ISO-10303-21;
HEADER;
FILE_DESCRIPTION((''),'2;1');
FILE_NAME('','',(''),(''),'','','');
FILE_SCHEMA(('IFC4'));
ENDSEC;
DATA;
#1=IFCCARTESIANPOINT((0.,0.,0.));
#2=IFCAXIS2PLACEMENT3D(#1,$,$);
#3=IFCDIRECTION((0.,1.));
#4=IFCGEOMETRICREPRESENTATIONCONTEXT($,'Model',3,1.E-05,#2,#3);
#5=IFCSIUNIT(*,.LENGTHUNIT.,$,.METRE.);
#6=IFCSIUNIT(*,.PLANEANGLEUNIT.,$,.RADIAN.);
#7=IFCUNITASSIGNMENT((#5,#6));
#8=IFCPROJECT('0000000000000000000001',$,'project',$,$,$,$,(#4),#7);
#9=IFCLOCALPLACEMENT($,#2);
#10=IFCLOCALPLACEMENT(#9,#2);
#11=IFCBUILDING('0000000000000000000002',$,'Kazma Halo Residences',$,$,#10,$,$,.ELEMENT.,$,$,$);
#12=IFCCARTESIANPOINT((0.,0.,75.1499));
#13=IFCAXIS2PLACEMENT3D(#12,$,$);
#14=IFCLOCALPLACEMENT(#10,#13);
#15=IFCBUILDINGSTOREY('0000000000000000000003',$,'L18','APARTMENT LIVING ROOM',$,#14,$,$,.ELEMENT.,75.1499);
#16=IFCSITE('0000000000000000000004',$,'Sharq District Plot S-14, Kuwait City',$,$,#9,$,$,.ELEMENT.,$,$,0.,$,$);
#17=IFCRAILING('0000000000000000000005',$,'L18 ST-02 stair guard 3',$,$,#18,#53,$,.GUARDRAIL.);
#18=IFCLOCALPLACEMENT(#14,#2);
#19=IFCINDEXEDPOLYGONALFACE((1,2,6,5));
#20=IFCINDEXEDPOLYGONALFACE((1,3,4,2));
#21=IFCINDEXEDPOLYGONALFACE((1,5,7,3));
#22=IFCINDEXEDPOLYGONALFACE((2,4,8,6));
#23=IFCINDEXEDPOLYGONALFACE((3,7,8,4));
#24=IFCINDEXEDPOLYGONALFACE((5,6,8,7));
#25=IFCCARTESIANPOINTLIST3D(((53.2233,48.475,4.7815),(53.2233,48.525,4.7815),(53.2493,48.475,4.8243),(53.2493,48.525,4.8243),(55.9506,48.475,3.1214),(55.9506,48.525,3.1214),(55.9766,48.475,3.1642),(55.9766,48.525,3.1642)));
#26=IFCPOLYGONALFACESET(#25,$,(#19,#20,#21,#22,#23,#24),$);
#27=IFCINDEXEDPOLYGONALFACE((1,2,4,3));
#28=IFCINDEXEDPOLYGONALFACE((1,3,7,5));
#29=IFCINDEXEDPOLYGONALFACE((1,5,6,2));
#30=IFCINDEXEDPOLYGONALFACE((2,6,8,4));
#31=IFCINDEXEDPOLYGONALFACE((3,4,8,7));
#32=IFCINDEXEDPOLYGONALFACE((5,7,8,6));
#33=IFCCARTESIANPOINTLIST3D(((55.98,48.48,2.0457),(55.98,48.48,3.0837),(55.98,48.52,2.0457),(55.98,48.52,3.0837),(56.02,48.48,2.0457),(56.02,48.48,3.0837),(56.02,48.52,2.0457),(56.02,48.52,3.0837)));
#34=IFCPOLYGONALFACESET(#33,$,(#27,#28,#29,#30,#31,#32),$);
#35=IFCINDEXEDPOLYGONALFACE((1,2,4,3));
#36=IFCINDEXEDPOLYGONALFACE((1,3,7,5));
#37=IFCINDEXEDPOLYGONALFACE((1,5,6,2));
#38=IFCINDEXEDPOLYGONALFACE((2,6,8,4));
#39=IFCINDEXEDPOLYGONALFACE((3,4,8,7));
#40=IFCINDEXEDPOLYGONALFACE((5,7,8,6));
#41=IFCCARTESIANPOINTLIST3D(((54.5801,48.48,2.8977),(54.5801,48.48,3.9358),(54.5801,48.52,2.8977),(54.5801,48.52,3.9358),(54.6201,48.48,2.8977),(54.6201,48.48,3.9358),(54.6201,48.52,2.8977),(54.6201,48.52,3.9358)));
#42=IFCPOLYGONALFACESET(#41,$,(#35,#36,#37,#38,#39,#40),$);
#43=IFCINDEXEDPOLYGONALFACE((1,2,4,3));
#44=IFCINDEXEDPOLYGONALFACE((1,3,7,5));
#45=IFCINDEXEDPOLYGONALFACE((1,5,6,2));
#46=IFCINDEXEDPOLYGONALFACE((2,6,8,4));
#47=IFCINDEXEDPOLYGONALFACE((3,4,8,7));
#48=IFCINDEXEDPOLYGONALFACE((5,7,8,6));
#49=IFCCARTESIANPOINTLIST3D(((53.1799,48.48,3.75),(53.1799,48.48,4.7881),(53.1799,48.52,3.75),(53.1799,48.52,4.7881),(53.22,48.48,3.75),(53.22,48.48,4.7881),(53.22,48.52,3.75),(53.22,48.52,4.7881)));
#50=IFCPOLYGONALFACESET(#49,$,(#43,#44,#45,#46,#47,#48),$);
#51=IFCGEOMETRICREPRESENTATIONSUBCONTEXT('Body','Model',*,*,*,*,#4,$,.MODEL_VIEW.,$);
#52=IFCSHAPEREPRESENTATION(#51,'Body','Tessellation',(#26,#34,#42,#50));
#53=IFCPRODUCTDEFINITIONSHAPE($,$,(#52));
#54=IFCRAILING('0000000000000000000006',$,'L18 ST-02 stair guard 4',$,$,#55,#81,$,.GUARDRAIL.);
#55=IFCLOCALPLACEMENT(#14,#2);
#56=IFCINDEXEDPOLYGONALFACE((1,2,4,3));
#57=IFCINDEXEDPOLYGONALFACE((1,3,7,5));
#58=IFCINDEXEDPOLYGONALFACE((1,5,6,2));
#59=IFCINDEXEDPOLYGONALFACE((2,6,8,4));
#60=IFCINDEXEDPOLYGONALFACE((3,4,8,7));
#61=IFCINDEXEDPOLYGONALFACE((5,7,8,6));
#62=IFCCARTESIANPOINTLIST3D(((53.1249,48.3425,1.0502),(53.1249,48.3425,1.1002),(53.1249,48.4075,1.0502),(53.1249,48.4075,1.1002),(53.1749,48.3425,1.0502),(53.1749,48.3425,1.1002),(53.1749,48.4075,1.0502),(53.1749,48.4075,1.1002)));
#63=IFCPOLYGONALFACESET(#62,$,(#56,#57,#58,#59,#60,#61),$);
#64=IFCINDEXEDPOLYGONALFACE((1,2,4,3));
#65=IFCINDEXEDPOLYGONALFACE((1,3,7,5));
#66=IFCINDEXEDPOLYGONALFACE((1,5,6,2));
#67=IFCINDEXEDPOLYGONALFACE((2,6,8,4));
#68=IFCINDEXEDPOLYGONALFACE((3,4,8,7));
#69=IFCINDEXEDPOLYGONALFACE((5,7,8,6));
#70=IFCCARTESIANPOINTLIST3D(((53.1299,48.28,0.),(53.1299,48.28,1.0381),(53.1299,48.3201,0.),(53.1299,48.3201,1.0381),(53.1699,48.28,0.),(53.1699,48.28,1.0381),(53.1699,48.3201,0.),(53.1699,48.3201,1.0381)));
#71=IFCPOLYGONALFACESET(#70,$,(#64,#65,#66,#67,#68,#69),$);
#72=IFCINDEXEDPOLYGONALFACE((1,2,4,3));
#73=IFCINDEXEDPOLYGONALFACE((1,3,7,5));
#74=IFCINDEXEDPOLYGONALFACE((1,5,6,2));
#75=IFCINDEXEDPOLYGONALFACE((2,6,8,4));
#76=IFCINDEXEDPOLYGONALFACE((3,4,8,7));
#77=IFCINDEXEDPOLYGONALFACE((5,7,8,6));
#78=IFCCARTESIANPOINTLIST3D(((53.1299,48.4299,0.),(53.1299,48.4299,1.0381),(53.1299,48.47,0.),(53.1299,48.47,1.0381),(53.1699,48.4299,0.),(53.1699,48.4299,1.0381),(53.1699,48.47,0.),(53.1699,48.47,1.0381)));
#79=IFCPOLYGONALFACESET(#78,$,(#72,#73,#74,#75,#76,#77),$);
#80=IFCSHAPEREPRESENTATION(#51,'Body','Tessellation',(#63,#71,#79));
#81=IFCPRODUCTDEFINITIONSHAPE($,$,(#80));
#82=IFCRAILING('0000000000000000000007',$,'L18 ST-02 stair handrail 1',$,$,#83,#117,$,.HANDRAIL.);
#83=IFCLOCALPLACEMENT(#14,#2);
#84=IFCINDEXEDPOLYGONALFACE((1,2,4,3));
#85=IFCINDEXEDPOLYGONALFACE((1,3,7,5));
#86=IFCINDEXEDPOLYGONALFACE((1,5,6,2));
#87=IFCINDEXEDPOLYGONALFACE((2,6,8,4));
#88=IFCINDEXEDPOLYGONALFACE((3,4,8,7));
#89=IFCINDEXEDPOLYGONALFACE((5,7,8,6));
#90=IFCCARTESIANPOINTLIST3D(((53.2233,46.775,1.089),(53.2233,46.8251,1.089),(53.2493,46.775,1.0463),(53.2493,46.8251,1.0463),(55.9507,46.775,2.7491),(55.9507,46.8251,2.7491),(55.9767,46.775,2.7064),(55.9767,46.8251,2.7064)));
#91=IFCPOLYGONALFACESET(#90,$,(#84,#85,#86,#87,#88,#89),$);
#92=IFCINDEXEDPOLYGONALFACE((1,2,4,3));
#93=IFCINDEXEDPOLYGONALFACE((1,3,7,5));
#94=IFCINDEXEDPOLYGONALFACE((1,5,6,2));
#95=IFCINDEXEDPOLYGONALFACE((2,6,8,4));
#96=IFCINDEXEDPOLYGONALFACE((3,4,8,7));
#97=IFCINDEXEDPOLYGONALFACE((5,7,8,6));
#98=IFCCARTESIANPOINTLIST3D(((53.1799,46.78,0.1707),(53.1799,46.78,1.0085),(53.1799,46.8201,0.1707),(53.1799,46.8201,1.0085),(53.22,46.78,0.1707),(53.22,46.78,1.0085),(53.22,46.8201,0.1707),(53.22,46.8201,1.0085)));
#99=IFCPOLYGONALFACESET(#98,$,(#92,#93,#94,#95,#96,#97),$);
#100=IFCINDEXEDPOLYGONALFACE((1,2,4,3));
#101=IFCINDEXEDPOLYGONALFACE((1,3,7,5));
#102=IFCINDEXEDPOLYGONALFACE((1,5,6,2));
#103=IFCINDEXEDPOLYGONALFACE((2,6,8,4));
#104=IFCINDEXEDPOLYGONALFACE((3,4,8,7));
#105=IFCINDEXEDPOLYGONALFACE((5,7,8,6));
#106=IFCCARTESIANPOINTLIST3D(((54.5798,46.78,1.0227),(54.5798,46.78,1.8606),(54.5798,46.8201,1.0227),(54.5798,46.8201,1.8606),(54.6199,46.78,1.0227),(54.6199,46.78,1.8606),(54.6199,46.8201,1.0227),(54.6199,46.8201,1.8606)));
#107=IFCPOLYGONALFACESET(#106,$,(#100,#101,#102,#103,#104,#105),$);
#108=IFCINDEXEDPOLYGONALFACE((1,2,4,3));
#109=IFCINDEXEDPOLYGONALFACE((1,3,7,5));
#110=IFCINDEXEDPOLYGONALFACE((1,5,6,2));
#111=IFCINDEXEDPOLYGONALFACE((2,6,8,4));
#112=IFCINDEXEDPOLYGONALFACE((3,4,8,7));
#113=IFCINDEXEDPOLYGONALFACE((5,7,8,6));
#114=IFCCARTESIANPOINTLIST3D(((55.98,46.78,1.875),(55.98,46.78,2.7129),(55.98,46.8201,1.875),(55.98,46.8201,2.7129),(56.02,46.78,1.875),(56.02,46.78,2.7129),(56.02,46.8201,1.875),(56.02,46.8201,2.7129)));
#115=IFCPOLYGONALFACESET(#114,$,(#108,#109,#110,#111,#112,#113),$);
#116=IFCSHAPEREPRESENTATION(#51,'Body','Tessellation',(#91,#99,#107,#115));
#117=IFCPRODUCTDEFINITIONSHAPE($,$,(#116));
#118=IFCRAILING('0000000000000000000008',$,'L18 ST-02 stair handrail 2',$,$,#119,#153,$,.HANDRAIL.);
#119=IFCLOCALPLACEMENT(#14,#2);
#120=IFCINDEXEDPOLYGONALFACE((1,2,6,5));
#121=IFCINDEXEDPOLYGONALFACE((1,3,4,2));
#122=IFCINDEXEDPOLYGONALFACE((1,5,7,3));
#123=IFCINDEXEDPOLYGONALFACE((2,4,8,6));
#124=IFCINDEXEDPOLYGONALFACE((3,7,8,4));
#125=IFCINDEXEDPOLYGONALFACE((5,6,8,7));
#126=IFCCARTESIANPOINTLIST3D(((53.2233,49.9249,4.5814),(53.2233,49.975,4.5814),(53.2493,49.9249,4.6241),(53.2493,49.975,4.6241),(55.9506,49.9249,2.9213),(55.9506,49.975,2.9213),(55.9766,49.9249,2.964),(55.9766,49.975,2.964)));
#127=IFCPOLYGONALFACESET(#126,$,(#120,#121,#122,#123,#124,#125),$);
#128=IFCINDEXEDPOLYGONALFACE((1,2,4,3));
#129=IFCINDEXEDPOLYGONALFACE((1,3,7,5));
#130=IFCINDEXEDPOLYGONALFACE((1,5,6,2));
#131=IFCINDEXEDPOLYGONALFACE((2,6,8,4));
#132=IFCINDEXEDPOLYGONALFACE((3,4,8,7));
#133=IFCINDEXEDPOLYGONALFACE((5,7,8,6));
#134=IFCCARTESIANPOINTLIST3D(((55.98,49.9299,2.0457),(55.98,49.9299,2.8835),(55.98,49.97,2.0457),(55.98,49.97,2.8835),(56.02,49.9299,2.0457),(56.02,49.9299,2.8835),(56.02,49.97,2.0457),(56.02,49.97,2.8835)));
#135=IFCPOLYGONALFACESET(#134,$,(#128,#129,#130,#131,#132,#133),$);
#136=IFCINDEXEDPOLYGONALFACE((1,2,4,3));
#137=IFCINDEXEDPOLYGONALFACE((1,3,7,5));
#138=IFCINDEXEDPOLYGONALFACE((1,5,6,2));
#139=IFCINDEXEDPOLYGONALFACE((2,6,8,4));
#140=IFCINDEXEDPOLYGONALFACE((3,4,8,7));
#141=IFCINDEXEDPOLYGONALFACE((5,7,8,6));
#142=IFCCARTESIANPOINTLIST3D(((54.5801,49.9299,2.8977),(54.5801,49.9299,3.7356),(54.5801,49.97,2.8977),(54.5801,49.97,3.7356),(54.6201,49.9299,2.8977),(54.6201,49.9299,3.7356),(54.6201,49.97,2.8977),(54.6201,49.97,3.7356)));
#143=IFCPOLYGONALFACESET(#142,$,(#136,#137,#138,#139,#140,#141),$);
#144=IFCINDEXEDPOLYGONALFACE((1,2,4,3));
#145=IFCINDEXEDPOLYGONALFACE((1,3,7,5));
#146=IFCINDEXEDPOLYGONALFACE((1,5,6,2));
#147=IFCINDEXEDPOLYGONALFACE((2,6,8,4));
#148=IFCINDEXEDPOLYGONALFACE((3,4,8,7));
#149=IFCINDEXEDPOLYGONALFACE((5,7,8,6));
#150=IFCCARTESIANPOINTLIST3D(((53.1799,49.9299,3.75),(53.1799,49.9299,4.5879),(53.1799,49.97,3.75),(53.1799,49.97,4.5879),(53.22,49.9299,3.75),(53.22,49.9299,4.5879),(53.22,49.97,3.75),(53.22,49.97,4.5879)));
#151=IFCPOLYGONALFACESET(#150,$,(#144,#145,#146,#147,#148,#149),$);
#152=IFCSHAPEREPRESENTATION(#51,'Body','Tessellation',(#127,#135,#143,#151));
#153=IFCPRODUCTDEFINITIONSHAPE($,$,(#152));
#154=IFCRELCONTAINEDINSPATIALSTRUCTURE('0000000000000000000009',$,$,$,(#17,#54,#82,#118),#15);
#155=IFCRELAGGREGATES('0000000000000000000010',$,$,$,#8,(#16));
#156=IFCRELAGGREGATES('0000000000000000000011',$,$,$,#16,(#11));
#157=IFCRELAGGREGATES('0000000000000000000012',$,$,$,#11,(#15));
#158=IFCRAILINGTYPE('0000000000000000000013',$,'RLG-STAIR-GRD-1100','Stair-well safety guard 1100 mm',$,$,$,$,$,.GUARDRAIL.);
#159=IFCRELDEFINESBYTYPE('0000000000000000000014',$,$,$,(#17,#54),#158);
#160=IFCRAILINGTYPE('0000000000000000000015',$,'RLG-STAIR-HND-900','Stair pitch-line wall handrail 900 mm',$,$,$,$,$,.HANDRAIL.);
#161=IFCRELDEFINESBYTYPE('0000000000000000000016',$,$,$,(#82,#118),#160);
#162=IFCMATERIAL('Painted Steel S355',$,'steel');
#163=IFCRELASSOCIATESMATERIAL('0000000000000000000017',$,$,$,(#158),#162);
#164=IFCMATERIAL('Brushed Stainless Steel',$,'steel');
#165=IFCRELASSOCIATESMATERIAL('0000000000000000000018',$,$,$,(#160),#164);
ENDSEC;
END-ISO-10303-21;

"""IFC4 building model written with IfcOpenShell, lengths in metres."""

from ifc_helpers import new_model, si_unit, direction, frame, origin, origin_2d, place, context, subcontext, project, spatial, rectangle, extrude, material, type_object, element, save


model = new_model("IFC4")

# Units and contexts
model_context = context("Model", 3, precision=1e-05, world=origin(), true_north=direction((0.0, 1.0)))
body_context = subcontext(model_context, "Body", "Model", "MODEL_VIEW")
ifc_project = project(units=[si_unit("LENGTHUNIT", "METRE"), si_unit("PLANEANGLEUNIT", "RADIAN")], contexts=[model_context])

# Site, building, storey
site_placement = place(None, origin())
site = spatial("IfcSite", under=ifc_project, at=site_placement, Name="Sharq District Plot S-14, Kuwait City", CompositionType="ELEMENT", RefElevation=0.0)
building_placement = place(site_placement, origin())
building = spatial("IfcBuilding", under=site, at=building_placement, Name="Kazma Halo Residences", CompositionType="ELEMENT")
storey_placement = place(building_placement, frame((0.0, 0.0, 75.1499)))
storey = spatial("IfcBuildingStorey", under=building, at=storey_placement, Name="L18", Description="APARTMENT LIVING ROOM", CompositionType="ELEMENT", Elevation=75.1499)

# Railings
ifc_material_1 = material(Name="Painted Steel S355", Category="steel")
railing_type_1 = type_object("IfcRailingType", Name="RLG-STAIR-GRD-1100", Description="Stair-well safety guard 1100 mm", PredefinedType="GUARDRAIL", material=ifc_material_1)
railing_1_placement = place(storey_placement, frame((56.0, 48.5, 2.0457)))
element("IfcRailing", 1, at=railing_1_placement, inside=storey, type_object=railing_type_1, Name="L18 ST-02 stair guard 3", PredefinedType="GUARDRAIL", context=body_context, shape_type="SweptSolid", body=[
    extrude(rectangle(XDim=0.05, YDim=0.05, at=origin_2d()), frame((-0.0364, 0.0, 1.0972), z_axis=(-0.854203, 0.0, 0.51994), x_axis=(0.0, -1.0, 0.0)), (0.0, 0.0, 1.0), 3.1929),
    extrude(rectangle(XDim=0.04, YDim=0.04, at=origin_2d()), origin(), (0.0, 0.0, 1.0), 1.0381),
    extrude(rectangle(XDim=0.04, YDim=0.04, at=origin_2d()), frame((-1.3999, 0.0, 0.8521)), (0.0, 0.0, 1.0), 1.0381),
    extrude(rectangle(XDim=0.04, YDim=0.04, at=origin_2d()), frame((-2.8, 0.0, 1.7043)), (0.0, 0.0, 1.0), 1.0381),
])
railing_2_placement = place(storey_placement, frame((53.1499, 48.3, 0.0)))
element("IfcRailing", 2, at=railing_2_placement, inside=storey, type_object=railing_type_1, Name="L18 ST-02 stair guard 4", PredefinedType="GUARDRAIL", context=body_context, shape_type="SweptSolid", body=[
    extrude(rectangle(XDim=0.05, YDim=0.05, at=origin_2d()), frame((0.0, 0.0425, 1.0752), z_axis=(0.0, 1.0, 0.0), x_axis=(-1.0, 0.0, 0.0)), (0.0, 0.0, 1.0), 0.0649),
    extrude(rectangle(XDim=0.04, YDim=0.04, at=origin_2d()), origin(), (0.0, 0.0, 1.0), 1.0381),
    extrude(rectangle(XDim=0.04, YDim=0.04, at=origin_2d()), frame((0.0, 0.1499, 0.0)), (0.0, 0.0, 1.0), 1.0381),
])
ifc_material_2 = material(Name="Brushed Stainless Steel", Category="steel")
railing_type_2 = type_object("IfcRailingType", Name="RLG-STAIR-HND-900", Description="Stair pitch-line wall handrail 900 mm", PredefinedType="HANDRAIL", material=ifc_material_2)
railing_3_placement = place(storey_placement, frame((53.2, 46.8, 0.1707)))
element("IfcRailing", 3, at=railing_3_placement, inside=storey, type_object=railing_type_2, Name="L18 ST-02 stair handrail 1", PredefinedType="HANDRAIL", context=body_context, shape_type="SweptSolid", body=[
    extrude(rectangle(XDim=0.05, YDim=0.05, at=origin_2d()), frame((0.0364, 0.0, 0.897), z_axis=(0.854203, 0.0, 0.51994), x_axis=(0.0, 1.0, 0.0)), (0.0, 0.0, 1.0), 3.1929),
    extrude(rectangle(XDim=0.04, YDim=0.04, at=origin_2d()), origin(), (0.0, 0.0, 1.0), 0.8379),
    extrude(rectangle(XDim=0.04, YDim=0.04, at=origin_2d()), frame((1.3999, 0.0, 0.8521)), (0.0, 0.0, 1.0), 0.8379),
    extrude(rectangle(XDim=0.04, YDim=0.04, at=origin_2d()), frame((2.8, 0.0, 1.7043)), (0.0, 0.0, 1.0), 0.8379),
])
railing_4_placement = place(storey_placement, frame((56.0, 49.95, 2.0457)))
element("IfcRailing", 4, at=railing_4_placement, inside=storey, type_object=railing_type_2, Name="L18 ST-02 stair handrail 2", PredefinedType="HANDRAIL", context=body_context, shape_type="SweptSolid", body=[
    extrude(rectangle(XDim=0.05, YDim=0.05, at=origin_2d()), frame((-0.0364, 0.0, 0.897), z_axis=(-0.854203, 0.0, 0.51994), x_axis=(0.0, -1.0, 0.0)), (0.0, 0.0, 1.0), 3.1929),
    extrude(rectangle(XDim=0.04, YDim=0.04, at=origin_2d()), origin(), (0.0, 0.0, 1.0), 0.8379),
    extrude(rectangle(XDim=0.04, YDim=0.04, at=origin_2d()), frame((-1.3999, 0.0, 0.8521)), (0.0, 0.0, 1.0), 0.8379),
    extrude(rectangle(XDim=0.04, YDim=0.04, at=origin_2d()), frame((-2.8, 0.0, 1.7043)), (0.0, 0.0, 1.0), 0.8379),
])

save(model, "model.ifc")
